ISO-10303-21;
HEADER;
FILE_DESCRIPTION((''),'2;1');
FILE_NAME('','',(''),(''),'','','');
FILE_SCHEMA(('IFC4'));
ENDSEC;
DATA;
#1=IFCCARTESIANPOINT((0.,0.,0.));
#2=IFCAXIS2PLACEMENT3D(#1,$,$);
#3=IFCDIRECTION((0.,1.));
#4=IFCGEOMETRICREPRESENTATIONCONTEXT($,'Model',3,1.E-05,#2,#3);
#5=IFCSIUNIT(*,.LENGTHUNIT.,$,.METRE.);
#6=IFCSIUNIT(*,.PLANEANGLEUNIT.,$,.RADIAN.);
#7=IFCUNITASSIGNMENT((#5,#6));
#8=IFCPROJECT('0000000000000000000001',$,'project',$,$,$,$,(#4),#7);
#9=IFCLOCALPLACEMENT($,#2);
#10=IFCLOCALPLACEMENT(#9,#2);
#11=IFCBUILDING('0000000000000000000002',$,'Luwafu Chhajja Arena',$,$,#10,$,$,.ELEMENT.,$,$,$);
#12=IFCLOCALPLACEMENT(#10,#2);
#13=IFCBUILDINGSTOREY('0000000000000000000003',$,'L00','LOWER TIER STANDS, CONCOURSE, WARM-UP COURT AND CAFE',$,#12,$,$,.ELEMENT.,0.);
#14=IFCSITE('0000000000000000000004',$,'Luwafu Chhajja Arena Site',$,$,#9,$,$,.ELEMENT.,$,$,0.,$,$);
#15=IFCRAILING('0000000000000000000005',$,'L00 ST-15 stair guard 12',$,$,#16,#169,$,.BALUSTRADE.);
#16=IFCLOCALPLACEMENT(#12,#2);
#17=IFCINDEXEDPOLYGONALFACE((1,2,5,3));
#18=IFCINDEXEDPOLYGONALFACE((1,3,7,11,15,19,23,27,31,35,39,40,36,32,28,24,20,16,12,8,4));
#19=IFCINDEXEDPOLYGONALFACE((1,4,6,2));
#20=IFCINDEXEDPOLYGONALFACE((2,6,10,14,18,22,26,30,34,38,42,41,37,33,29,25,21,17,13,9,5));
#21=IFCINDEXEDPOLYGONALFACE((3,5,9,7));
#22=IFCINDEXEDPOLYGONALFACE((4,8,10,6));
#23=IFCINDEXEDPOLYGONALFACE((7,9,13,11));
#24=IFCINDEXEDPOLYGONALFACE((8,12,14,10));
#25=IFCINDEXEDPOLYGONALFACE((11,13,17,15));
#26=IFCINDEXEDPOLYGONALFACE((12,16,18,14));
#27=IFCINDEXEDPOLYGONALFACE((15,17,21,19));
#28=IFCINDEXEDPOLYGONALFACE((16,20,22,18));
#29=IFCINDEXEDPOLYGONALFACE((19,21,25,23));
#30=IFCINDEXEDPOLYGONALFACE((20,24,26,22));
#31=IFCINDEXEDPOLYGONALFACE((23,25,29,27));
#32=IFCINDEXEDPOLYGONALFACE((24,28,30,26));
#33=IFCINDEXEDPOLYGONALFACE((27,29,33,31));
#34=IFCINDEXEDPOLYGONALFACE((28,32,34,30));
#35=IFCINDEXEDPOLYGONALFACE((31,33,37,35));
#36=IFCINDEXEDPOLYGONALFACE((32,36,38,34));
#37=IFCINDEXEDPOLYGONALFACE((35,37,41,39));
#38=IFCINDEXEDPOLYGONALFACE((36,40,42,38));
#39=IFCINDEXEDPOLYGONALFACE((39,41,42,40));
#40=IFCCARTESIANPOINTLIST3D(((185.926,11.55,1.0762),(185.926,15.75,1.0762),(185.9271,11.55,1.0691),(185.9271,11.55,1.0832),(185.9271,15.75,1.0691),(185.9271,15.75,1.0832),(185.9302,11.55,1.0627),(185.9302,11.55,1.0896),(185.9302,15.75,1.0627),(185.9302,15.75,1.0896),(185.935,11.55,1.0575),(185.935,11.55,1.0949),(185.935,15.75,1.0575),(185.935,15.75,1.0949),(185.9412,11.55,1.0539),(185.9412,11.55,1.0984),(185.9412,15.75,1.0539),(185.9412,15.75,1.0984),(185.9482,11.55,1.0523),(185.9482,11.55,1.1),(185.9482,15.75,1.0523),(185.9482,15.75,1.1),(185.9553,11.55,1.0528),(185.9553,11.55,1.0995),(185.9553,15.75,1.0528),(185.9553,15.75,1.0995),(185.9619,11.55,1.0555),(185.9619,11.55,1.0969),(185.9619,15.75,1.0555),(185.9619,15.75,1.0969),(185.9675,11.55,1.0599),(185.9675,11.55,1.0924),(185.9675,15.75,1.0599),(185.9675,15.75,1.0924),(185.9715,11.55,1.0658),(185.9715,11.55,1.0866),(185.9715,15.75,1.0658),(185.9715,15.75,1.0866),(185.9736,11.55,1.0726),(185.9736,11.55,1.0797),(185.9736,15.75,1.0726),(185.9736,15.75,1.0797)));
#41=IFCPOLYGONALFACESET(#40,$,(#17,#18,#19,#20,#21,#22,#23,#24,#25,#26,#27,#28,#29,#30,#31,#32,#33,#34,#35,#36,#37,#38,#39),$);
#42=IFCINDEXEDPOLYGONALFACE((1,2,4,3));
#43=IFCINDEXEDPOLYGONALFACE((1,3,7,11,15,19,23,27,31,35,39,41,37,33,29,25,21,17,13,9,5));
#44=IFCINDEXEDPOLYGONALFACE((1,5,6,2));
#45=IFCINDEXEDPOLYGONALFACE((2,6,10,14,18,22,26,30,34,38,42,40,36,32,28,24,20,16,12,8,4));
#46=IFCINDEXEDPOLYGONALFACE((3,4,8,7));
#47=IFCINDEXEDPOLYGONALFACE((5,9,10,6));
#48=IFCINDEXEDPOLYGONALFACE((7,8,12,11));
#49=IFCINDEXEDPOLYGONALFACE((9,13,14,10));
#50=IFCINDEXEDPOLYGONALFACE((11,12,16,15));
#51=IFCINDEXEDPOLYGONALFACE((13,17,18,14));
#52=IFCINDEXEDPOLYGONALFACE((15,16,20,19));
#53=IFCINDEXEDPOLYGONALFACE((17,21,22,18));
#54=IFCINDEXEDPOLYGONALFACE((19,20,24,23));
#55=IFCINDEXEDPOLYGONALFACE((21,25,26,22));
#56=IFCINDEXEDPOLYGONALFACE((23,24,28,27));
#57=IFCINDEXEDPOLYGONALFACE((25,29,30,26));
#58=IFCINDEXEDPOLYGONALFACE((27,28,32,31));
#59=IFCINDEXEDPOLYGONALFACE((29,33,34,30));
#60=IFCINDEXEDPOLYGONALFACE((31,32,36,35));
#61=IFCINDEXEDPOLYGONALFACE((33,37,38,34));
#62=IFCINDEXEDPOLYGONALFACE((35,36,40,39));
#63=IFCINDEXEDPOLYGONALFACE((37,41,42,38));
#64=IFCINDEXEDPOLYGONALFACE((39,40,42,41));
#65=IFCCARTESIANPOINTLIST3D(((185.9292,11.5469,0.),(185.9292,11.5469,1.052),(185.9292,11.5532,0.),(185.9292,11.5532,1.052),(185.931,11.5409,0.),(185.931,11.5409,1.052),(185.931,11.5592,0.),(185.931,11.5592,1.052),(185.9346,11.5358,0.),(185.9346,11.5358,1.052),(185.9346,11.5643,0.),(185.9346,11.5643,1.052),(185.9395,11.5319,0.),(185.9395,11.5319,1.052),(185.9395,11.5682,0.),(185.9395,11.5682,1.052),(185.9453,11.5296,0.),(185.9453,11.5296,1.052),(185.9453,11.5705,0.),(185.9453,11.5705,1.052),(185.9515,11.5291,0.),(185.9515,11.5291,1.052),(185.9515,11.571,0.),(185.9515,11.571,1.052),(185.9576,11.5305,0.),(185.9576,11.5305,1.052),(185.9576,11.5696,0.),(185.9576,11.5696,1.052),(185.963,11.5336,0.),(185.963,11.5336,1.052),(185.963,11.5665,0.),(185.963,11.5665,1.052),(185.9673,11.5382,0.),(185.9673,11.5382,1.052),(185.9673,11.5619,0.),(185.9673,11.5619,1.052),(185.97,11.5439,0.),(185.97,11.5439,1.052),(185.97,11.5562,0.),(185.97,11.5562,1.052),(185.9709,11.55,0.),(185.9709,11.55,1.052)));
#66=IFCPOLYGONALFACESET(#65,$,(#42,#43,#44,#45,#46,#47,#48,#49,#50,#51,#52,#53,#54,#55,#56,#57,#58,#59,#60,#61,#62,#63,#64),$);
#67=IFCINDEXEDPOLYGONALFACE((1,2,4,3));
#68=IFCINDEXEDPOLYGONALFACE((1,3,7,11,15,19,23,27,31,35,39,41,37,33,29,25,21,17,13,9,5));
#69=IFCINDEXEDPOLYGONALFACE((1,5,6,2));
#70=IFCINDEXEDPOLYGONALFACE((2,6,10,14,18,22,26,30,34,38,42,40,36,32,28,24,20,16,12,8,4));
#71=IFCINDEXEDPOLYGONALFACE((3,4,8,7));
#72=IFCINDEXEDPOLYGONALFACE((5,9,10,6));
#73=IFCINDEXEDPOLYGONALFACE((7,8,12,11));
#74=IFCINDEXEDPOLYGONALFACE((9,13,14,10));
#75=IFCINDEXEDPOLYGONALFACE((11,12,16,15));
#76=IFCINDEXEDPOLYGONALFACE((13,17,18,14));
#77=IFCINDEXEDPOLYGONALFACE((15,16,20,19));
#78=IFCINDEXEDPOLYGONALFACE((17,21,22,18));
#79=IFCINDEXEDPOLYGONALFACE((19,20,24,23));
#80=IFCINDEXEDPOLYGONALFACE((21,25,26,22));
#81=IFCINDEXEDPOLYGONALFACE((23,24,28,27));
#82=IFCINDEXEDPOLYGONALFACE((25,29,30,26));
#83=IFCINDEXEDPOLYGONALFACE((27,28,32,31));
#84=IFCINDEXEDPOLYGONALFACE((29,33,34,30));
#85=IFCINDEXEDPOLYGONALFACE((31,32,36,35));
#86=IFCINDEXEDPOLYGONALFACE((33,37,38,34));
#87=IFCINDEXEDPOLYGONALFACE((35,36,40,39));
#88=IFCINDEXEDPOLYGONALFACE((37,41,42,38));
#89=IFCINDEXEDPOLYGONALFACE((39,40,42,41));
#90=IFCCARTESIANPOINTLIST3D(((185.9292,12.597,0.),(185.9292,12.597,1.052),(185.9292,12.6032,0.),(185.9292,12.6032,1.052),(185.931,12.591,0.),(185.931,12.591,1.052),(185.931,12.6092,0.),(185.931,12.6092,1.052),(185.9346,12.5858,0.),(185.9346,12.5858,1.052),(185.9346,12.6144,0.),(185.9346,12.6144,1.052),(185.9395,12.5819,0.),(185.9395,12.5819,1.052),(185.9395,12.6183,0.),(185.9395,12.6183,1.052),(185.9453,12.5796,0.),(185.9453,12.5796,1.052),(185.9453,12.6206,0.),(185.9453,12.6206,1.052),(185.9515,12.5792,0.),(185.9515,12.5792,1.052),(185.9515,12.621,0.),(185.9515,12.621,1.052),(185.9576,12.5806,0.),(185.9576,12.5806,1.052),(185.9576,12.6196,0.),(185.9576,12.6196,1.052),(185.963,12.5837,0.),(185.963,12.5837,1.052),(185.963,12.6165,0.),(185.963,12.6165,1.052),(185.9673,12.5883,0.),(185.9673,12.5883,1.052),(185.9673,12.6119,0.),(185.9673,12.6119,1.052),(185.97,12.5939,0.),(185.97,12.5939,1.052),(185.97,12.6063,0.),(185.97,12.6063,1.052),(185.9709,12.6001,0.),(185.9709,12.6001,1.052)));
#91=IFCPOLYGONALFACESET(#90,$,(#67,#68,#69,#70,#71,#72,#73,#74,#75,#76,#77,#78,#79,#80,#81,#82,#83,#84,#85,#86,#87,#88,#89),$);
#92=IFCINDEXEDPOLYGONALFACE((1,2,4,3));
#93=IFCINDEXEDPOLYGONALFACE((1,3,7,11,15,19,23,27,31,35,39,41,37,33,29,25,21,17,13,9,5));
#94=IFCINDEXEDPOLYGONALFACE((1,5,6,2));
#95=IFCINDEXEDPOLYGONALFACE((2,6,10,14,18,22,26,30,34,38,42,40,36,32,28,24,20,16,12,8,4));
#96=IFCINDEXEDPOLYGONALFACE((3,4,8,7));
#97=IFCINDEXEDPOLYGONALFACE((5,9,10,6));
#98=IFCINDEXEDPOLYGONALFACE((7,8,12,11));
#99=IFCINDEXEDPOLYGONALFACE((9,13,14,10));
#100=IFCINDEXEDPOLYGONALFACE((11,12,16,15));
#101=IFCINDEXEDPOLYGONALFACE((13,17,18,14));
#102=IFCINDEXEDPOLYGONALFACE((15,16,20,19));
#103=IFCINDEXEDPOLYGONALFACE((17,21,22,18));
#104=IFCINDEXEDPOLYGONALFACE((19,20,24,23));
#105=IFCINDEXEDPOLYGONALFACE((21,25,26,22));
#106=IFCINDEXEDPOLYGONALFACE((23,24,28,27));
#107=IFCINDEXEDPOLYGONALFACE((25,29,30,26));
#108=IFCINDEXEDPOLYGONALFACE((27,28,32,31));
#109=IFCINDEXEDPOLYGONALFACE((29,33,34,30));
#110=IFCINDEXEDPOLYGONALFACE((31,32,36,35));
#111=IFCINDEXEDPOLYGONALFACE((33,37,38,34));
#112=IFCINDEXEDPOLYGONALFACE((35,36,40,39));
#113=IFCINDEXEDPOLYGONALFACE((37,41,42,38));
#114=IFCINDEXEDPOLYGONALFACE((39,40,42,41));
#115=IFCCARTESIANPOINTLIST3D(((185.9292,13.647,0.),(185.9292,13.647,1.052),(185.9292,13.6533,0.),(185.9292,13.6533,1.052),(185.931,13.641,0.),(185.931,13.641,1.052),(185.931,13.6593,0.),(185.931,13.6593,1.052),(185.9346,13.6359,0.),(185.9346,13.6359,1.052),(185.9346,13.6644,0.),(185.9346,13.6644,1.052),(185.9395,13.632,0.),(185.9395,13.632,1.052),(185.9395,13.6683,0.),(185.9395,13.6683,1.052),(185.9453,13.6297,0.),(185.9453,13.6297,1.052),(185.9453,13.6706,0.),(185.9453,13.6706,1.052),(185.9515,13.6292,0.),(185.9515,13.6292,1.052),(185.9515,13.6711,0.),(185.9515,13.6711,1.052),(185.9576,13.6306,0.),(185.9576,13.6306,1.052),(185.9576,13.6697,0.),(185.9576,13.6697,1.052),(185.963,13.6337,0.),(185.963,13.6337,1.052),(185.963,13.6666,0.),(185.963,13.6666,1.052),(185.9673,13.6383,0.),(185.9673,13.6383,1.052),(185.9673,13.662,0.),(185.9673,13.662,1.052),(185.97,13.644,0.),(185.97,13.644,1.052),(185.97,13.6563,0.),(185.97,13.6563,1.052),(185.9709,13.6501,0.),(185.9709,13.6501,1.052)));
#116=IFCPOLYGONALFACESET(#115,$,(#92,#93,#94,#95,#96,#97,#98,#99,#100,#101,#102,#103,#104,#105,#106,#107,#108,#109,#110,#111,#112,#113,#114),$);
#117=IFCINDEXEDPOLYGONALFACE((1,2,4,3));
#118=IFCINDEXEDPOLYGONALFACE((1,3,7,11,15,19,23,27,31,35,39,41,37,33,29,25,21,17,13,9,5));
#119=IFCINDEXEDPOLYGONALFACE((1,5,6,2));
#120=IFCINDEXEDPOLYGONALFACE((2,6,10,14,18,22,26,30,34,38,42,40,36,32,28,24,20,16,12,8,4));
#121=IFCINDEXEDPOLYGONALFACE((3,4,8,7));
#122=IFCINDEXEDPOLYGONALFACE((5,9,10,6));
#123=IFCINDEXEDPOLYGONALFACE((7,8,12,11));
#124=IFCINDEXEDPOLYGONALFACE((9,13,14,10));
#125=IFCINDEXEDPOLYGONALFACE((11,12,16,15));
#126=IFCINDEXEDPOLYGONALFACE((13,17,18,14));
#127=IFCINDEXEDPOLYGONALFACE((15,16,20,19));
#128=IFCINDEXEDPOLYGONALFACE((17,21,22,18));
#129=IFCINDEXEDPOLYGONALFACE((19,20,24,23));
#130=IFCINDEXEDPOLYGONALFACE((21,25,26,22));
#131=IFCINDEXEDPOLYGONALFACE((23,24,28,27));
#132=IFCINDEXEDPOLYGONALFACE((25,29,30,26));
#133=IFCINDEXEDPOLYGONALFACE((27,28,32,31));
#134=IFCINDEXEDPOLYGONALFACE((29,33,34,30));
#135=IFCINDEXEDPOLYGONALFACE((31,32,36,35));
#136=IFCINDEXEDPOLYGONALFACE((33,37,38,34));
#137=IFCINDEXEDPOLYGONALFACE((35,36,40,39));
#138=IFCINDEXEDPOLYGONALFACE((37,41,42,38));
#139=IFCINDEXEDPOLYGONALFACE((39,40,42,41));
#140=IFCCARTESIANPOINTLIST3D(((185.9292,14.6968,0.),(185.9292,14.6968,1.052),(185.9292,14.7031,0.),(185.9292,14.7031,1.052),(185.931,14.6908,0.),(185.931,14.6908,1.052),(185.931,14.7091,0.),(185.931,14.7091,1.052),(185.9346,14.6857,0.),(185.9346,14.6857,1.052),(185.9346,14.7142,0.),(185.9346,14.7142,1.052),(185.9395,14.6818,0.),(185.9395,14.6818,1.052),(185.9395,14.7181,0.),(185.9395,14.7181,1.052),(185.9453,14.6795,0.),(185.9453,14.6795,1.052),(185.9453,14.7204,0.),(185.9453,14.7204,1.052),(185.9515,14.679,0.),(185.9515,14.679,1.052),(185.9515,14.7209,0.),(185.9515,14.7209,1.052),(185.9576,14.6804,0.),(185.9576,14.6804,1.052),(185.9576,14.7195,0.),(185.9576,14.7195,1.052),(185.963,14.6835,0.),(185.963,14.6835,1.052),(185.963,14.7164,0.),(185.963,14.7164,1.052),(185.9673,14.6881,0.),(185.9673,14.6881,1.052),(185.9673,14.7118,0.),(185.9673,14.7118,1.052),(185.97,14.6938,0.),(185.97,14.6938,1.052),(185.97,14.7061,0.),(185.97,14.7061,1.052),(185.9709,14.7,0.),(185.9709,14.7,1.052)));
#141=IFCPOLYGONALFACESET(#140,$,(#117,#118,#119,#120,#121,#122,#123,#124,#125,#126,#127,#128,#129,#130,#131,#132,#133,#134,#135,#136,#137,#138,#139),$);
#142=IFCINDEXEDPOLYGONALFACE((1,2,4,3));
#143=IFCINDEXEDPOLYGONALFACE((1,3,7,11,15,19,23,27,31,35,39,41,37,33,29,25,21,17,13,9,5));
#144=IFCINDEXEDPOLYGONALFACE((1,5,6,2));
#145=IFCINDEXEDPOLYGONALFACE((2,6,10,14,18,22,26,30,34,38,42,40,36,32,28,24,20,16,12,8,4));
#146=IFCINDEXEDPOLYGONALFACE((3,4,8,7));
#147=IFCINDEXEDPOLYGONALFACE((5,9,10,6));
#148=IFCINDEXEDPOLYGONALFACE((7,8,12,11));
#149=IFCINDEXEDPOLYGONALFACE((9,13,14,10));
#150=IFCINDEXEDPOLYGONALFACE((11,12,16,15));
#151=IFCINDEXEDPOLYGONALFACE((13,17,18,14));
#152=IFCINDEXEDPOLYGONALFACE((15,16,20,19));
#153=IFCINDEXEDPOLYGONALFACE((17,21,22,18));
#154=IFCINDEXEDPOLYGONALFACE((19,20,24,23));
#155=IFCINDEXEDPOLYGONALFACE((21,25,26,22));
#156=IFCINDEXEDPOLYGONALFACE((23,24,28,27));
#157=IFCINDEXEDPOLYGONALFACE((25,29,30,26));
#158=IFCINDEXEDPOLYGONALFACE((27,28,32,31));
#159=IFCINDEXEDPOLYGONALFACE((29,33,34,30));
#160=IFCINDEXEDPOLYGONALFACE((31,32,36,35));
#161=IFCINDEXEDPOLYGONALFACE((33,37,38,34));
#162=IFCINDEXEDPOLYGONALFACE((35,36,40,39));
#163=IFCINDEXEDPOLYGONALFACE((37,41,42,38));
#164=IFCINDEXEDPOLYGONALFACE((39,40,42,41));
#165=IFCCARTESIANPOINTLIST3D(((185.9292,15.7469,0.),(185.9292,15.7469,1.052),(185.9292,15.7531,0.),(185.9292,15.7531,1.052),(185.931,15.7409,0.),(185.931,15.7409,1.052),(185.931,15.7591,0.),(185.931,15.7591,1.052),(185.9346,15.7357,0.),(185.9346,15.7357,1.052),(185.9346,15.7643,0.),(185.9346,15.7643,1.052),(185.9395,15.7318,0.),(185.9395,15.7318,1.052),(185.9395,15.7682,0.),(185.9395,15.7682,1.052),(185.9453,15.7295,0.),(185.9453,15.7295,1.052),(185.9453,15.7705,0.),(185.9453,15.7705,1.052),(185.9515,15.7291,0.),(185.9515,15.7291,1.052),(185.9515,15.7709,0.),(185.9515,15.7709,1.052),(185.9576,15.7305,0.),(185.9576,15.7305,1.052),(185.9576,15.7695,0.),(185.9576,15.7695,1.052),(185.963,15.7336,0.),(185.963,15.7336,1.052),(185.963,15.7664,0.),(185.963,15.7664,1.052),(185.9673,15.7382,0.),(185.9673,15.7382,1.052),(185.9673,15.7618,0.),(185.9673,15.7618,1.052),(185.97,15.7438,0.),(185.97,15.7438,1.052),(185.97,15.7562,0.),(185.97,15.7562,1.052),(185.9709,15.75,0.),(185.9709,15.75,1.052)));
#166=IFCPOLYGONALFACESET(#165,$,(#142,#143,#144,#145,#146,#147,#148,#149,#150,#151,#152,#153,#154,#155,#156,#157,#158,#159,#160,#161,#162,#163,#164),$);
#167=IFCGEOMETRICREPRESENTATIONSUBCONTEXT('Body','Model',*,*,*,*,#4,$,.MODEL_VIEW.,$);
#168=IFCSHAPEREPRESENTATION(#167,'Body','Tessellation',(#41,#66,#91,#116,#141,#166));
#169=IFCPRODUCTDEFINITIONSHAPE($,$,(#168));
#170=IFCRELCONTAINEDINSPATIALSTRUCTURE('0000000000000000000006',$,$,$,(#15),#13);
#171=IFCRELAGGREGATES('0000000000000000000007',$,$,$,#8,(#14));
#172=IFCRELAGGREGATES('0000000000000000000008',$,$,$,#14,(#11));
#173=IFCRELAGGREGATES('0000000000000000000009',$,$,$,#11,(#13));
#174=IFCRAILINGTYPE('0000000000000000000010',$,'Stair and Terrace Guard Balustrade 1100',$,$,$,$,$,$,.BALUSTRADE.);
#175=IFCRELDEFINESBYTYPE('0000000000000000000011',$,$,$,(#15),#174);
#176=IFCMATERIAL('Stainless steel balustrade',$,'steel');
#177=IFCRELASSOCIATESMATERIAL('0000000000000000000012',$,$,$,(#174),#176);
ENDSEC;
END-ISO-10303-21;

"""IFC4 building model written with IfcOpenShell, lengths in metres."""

from ifc_helpers import new_model, si_unit, direction, frame, origin, origin_2d, place, context, subcontext, project, spatial, circle, extrude, material, type_object, element, save


model = new_model("IFC4")

# Units and contexts
model_context = context("Model", 3, precision=1e-05, world=origin(), true_north=direction((0.0, 1.0)))
body_context = subcontext(model_context, "Body", "Model", "MODEL_VIEW")
ifc_project = project(units=[si_unit("LENGTHUNIT", "METRE"), si_unit("PLANEANGLEUNIT", "RADIAN")], contexts=[model_context])

# Site, building, storey
site_placement = place(None, origin())
site = spatial("IfcSite", under=ifc_project, at=site_placement, Name="Luwafu Chhajja Arena Site", CompositionType="ELEMENT", RefElevation=0.0)
building_placement = place(site_placement, origin())
building = spatial("IfcBuilding", under=site, at=building_placement, Name="Luwafu Chhajja Arena", CompositionType="ELEMENT")
storey_placement = place(building_placement, origin())
storey = spatial("IfcBuildingStorey", under=building, at=storey_placement, Name="L00", Description="LOWER TIER STANDS, CONCOURSE, WARM-UP COURT AND CAFE", CompositionType="ELEMENT", Elevation=0.0)

# Railing
ifc_material_1 = material(Name="Stainless steel balustrade", Category="steel")
railing_type_1 = type_object("IfcRailingType", Name="Stair and Terrace Guard Balustrade 1100", PredefinedType="BALUSTRADE", material=ifc_material_1)
railing_1_placement = place(storey_placement, frame((185.95, 11.55, 0.0)))
element("IfcRailing", 1, at=railing_1_placement, inside=storey, type_object=railing_type_1, Name="L00 ST-15 stair guard 12", PredefinedType="BALUSTRADE", context=body_context, shape_type="SweptSolid", body=[
    extrude(circle(Radius=0.0239, at=origin_2d()), frame((0.0, 0.0, 1.0762), z_axis=(0.0, 1.0, 0.0), x_axis=(-1.0, 0.0, 0.0)), (0.0, 0.0, 1.0), 4.2),
    extrude(circle(Radius=0.021, at=origin_2d()), origin(), (0.0, 0.0, 1.0), 1.052),
    extrude(circle(Radius=0.021, at=origin_2d()), frame((0.0, 1.05, 0.0)), (0.0, 0.0, 1.0), 1.052),
    extrude(circle(Radius=0.021, at=origin_2d()), frame((0.0, 2.1001, 0.0)), (0.0, 0.0, 1.0), 1.052),
    extrude(circle(Radius=0.021, at=origin_2d()), frame((0.0, 3.1499, 0.0)), (0.0, 0.0, 1.0), 1.052),
    extrude(circle(Radius=0.021, at=origin_2d()), frame((0.0, 4.2, 0.0)), (0.0, 0.0, 1.0), 1.052),
])

save(model, "model.ifc")
